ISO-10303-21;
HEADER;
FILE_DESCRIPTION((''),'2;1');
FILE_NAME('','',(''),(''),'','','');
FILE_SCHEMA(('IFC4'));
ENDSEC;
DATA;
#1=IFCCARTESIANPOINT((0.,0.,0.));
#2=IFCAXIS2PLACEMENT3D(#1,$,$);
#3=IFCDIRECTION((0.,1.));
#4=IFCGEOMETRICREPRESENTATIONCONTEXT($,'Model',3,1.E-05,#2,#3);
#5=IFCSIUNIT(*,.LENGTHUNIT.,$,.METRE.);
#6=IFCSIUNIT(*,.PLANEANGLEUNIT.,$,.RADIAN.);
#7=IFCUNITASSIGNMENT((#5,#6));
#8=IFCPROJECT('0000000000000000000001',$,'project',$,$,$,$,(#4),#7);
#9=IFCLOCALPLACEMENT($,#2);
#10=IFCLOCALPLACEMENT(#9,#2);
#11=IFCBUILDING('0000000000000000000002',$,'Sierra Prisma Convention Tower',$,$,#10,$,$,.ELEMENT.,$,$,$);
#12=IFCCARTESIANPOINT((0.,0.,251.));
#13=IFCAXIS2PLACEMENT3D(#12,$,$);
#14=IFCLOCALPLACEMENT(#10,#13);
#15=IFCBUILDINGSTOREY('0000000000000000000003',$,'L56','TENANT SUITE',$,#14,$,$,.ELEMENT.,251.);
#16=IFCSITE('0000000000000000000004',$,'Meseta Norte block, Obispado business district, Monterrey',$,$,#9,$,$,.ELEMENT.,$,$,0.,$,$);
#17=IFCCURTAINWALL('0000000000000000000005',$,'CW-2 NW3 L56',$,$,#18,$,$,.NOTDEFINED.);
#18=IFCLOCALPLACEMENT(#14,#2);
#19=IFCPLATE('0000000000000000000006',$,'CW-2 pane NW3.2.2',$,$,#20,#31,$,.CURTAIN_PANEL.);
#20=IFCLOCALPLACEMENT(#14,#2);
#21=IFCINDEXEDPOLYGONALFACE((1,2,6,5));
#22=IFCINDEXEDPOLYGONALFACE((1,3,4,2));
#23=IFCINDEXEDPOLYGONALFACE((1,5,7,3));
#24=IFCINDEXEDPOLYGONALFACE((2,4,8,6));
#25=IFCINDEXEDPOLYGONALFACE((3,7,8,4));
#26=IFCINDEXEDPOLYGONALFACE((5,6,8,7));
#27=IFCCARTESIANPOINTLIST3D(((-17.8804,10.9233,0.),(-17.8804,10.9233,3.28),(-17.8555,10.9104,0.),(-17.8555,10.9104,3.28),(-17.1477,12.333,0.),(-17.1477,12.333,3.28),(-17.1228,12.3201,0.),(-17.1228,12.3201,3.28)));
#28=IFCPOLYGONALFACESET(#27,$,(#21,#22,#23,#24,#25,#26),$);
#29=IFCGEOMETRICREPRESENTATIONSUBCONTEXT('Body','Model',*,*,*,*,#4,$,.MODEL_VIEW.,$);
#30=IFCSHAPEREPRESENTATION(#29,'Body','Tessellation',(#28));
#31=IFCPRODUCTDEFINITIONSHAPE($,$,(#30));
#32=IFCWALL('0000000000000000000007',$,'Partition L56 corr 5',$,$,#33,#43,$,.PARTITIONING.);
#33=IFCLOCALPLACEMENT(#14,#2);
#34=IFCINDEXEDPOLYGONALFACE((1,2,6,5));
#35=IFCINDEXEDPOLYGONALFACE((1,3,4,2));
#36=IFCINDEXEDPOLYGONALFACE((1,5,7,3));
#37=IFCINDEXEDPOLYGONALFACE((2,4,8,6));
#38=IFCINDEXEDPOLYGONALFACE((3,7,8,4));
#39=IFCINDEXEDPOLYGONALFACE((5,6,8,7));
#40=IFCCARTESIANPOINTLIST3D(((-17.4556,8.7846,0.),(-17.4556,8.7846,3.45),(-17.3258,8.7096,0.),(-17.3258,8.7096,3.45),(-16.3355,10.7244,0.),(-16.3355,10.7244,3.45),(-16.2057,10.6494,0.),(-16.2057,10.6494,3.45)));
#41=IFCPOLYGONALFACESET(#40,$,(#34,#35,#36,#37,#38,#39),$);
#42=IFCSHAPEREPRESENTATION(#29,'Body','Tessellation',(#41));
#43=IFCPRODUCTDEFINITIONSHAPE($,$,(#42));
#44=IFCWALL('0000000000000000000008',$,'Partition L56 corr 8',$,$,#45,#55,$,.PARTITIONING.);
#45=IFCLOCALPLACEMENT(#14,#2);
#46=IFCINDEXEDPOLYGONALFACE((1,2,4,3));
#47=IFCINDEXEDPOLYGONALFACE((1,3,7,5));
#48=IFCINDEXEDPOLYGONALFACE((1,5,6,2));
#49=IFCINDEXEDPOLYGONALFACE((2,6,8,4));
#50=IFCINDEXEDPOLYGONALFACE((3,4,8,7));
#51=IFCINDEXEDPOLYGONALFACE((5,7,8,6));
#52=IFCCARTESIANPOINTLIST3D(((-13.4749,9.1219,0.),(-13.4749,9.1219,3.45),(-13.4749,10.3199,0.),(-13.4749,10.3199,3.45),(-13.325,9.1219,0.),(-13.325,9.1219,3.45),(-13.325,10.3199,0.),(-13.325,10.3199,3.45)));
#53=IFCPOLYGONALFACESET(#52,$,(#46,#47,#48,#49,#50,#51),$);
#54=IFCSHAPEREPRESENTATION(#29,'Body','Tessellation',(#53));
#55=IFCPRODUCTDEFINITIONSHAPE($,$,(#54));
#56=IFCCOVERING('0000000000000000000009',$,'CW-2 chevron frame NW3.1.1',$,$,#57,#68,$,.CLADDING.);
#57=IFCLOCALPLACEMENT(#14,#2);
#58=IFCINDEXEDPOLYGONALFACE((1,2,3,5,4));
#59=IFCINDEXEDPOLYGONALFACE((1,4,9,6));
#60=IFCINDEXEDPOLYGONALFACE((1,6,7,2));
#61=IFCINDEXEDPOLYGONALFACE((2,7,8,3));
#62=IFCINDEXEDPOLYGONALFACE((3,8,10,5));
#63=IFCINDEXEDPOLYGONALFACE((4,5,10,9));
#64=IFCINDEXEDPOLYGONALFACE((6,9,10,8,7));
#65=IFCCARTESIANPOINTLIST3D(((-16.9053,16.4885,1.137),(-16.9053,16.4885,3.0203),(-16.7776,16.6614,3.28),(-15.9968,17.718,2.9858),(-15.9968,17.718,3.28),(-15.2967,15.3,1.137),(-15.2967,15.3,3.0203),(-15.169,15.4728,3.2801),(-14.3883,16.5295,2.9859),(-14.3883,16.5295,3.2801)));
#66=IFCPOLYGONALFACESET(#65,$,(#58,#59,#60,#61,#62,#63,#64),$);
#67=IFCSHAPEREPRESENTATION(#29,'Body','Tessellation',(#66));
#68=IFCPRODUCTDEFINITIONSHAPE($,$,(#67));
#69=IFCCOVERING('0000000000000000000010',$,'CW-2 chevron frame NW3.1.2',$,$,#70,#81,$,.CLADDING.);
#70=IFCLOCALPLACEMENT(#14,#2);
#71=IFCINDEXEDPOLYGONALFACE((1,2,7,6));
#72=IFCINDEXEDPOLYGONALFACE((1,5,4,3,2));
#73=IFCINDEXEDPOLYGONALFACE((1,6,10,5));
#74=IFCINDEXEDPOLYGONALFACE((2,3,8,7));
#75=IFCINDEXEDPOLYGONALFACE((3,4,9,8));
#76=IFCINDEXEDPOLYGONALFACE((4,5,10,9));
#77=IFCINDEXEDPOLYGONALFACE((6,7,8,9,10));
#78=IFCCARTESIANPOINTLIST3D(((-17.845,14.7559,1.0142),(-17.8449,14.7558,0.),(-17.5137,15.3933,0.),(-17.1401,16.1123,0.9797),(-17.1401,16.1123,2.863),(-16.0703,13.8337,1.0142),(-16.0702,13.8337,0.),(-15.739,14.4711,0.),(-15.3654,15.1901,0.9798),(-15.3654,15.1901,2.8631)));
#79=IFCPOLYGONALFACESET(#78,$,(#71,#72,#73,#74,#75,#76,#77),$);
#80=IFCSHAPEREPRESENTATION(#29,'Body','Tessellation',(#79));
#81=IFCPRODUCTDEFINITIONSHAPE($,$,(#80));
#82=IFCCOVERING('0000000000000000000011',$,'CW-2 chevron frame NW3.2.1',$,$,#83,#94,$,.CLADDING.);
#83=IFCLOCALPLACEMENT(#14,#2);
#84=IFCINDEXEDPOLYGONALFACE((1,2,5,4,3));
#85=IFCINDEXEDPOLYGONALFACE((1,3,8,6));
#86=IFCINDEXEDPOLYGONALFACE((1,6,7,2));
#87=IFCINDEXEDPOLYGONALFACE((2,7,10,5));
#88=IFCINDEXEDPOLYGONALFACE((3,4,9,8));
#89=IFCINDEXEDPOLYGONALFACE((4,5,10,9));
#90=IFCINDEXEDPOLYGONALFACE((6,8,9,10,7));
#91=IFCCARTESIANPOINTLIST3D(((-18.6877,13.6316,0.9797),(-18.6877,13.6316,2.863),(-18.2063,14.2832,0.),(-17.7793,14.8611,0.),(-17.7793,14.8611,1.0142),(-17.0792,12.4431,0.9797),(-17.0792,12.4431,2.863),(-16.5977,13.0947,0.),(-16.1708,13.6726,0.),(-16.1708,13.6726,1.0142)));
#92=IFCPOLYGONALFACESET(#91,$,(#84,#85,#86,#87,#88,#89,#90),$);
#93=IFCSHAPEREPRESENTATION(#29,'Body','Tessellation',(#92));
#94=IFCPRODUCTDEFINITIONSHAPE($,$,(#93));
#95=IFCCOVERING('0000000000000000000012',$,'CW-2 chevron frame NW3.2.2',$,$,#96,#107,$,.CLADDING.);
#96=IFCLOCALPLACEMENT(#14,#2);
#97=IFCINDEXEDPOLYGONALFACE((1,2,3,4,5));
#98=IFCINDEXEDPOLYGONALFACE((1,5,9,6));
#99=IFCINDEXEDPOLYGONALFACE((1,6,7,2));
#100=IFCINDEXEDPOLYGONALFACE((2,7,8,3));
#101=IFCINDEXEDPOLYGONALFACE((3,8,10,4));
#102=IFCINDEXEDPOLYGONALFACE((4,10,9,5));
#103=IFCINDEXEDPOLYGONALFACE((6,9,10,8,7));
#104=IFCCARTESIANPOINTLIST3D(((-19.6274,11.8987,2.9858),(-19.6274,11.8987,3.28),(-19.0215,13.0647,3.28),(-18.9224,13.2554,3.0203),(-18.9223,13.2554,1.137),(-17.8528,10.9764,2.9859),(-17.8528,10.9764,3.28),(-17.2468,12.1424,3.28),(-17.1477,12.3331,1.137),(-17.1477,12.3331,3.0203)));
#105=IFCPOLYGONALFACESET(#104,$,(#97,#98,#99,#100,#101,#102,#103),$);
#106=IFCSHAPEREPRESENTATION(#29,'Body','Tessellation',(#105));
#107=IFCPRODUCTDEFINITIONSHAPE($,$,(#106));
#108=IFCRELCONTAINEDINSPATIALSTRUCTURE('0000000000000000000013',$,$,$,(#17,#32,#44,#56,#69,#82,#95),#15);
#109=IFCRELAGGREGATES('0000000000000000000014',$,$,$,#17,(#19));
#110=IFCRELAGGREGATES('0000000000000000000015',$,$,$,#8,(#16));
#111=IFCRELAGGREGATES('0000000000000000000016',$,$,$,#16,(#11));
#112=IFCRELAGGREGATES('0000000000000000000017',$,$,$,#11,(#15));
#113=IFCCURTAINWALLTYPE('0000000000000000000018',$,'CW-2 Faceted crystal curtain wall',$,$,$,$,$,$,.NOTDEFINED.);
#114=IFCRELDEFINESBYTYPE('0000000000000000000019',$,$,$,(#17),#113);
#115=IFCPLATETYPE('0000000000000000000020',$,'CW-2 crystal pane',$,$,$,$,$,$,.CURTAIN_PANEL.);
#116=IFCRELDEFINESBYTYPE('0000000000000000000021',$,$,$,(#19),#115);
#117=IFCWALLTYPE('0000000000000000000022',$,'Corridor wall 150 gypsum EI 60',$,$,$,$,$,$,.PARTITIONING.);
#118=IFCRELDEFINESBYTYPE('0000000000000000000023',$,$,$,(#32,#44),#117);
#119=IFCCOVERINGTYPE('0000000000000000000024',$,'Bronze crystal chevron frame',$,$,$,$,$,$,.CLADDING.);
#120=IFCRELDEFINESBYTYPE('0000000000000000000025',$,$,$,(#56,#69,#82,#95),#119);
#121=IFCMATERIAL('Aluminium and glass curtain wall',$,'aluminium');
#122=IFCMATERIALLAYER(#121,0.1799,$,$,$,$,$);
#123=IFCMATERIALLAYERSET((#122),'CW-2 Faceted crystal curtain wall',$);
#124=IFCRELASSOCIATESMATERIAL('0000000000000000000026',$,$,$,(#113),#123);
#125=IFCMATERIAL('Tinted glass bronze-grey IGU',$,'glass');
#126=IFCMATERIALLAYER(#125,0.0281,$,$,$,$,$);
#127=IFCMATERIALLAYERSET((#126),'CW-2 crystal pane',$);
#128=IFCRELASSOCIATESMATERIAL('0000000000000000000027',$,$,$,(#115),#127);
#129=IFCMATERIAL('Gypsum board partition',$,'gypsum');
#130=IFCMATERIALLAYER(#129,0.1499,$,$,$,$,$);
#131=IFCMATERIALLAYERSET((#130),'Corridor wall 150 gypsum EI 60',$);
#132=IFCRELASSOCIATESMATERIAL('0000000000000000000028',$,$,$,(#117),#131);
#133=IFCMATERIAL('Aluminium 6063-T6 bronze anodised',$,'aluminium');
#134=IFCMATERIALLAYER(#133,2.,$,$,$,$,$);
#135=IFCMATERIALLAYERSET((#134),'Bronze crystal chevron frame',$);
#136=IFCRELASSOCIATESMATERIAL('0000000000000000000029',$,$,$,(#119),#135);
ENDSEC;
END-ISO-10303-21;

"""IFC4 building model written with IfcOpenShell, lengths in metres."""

from ifc_helpers import new_model, si_unit, direction, frame, frame_2d, origin, place, context, subcontext, project, spatial, polyline, rectangle, outline, extrude, material, layer, layer_set, type_object, element, aggregate, save


model = new_model("IFC4")

# Units and contexts
model_context = context("Model", 3, precision=1e-05, world=origin(), true_north=direction((0.0, 1.0)))
body_context = subcontext(model_context, "Body", "Model", "MODEL_VIEW")
ifc_project = project(units=[si_unit("LENGTHUNIT", "METRE"), si_unit("PLANEANGLEUNIT", "RADIAN")], contexts=[model_context])

# Site, building, storey
site_placement = place(None, origin())
site = spatial("IfcSite", under=ifc_project, at=site_placement, Name="Meseta Norte block, Obispado business district, Monterrey", CompositionType="ELEMENT", RefElevation=0.0)
building_placement = place(site_placement, origin())
building = spatial("IfcBuilding", under=site, at=building_placement, Name="Sierra Prisma Convention Tower", CompositionType="ELEMENT")
storey_placement = place(building_placement, frame((0.0, 0.0, 251.0)))
storey = spatial("IfcBuildingStorey", under=building, at=storey_placement, Name="L56", Description="TENANT SUITE", CompositionType="ELEMENT", Elevation=251.0)

# Curtain wall
ifc_material_1 = material(Name="Aluminium and glass curtain wall", Category="aluminium")
ifc_layer_1 = layer(ifc_material_1, 0.1799)
ifc_layer_set_1 = layer_set([ifc_layer_1], Name="CW-2 Faceted crystal curtain wall")
curtain_wall_type_1 = type_object("IfcCurtainWallType", Name="CW-2 Faceted crystal curtain wall", PredefinedType="NOTDEFINED", material=ifc_layer_set_1)
curtain_wall_1_placement = place(storey_placement, origin())
curtain_wall_1 = element("IfcCurtainWall", 1, at=curtain_wall_1_placement, inside=storey, type_object=curtain_wall_type_1, Name="CW-2 NW3 L56", PredefinedType="NOTDEFINED")

# Plate
ifc_material_2 = material(Name="Tinted glass bronze-grey IGU", Category="glass")
ifc_layer_2 = layer(ifc_material_2, 0.0281)
ifc_layer_set_2 = layer_set([ifc_layer_2], Name="CW-2 crystal pane")
plate_type_1 = type_object("IfcPlateType", Name="CW-2 crystal pane", PredefinedType="CURTAIN_PANEL", material=ifc_layer_set_2)
plate_1_placement = place(storey_placement, frame((-17.8804, 10.9233, 0.0), z_axis=(-0.88731, 0.461174, 0.0), x_axis=(0.461174, 0.88731, 0.0)))
plate_1 = element("IfcPlate", 2, at=plate_1_placement, type_object=plate_type_1, Name="CW-2 pane NW3.2.2", PredefinedType="CURTAIN_PANEL", context=body_context, shape_type="SweptSolid", body=[
    extrude(outline(polyline([(0.0, 0.0), (1.5887, 0.0), (1.5887, -3.28), (0.0, -3.28), (0.0, 0.0)])), origin(), (0.0, 0.0, -1.0), 0.0281),
])
aggregate(curtain_wall_1, [plate_1])

# Walls
ifc_material_3 = material(Name="Gypsum board partition", Category="gypsum")
ifc_layer_3 = layer(ifc_material_3, 0.1499)
ifc_layer_set_3 = layer_set([ifc_layer_3], Name="Corridor wall 150 gypsum EI 60")
wall_type = type_object("IfcWallType", Name="Corridor wall 150 gypsum EI 60", PredefinedType="PARTITIONING", material=ifc_layer_set_3)
wall_1_placement = place(storey_placement, frame((-16.2705, 10.687, 0.0), z_axis=(0.0, 0.0, 1.0), x_axis=(-0.500078, -0.86598, 0.0)))
element("IfcWall", 3, at=wall_1_placement, inside=storey, type_object=wall_type, Name="Partition L56 corr 5", PredefinedType="PARTITIONING", context=body_context, shape_type="SweptSolid", body=[
    extrude(rectangle(XDim=2.24, YDim=0.1499, at=frame_2d((1.1201, 0.0))), origin(), (0.0, 0.0, 1.0), 3.45),
])
wall_2_placement = place(storey_placement, frame((-13.3999, 10.3201, 0.0), z_axis=(0.0, 0.0, 1.0), x_axis=(0.0, -1.0, 0.0)))
element("IfcWall", 4, at=wall_2_placement, inside=storey, type_object=wall_type, Name="Partition L56 corr 8", PredefinedType="PARTITIONING", context=body_context, shape_type="SweptSolid", body=[
    extrude(rectangle(XDim=1.198, YDim=0.1499, at=frame_2d((0.5991, 0.0))), origin(), (0.0, 0.0, 1.0), 3.45),
])

# Coverings
ifc_material_4 = material(Name="Aluminium 6063-T6 bronze anodised", Category="aluminium")
ifc_layer_4 = layer(ifc_material_4, 2.0)
ifc_layer_set_4 = layer_set([ifc_layer_4], Name="Bronze crystal chevron frame")
covering_type = type_object("IfcCoveringType", Name="Bronze crystal chevron frame", PredefinedType="CLADDING", material=ifc_layer_set_4)
covering_1_placement = place(storey_placement, frame((-15.9968, 17.718, 3.28), z_axis=(-0.804271, 0.594262, -0.00001), x_axis=(0.000008, -0.000006, -1.0)))
element("IfcCovering", 5, at=covering_1_placement, inside=storey, type_object=covering_type, Name="CW-2 chevron frame NW3.1.1", PredefinedType="CLADDING", context=body_context, shape_type="SweptSolid", body=[
    extrude(outline(polyline([(0.0, 0.0), (0.2942, 0.0), (2.1431, 1.5287), (0.2598, 1.5287), (0.0, 1.3138), (0.0, 0.0)])), origin(), (0.0, 0.0, -1.0), 2.0),
])
covering_2_placement = place(storey_placement, frame((-17.1401, 16.1123, 2.863), z_axis=(-0.88735, 0.461096, -0.000018), x_axis=(0.000016, -0.000008, -1.0)))
element("IfcCovering", 6, at=covering_2_placement, inside=storey, type_object=covering_type, Name="CW-2 chevron frame NW3.1.2", PredefinedType="CLADDING", context=body_context, shape_type="SweptSolid", body=[
    extrude(outline(polyline([(0.0, 0.0), (1.8833, 0.0), (2.863, 0.8102), (2.863, 1.5286), (1.8489, 1.5286), (0.0, 0.0)])), origin(), (0.0, 0.0, -1.0), 2.0),
])
covering_3_placement = place(storey_placement, frame((-17.7793, 14.8611, 0.0), z_axis=(-0.804271, 0.594263, 0.000004), x_axis=(-0.594263, -0.804271, 0.0)))
element("IfcCovering", 7, at=covering_3_placement, inside=storey, type_object=covering_type, Name="CW-2 chevron frame NW3.2.1", PredefinedType="CLADDING", context=body_context, shape_type="SweptSolid", body=[
    extrude(outline(polyline([(0.0, 0.0), (0.7185, 0.0), (1.5287, 0.9797), (1.5287, 2.863), (0.0, 1.0142), (0.0, 0.0)])), origin(), (0.0, 0.0, -1.0), 2.0),
])
covering_4_placement = place(storey_placement, frame((-19.6274, 11.8987, 3.28), z_axis=(-0.887325, 0.461145, -0.00001), x_axis=(0.461145, 0.887325, 0.0)))
element("IfcCovering", 8, at=covering_4_placement, inside=storey, type_object=covering_type, Name="CW-2 chevron frame NW3.2.2", PredefinedType="CLADDING", context=body_context, shape_type="SweptSolid", body=[
    extrude(outline(polyline([(0.0, 0.0), (1.3141, 0.0), (1.529, 0.2598), (1.529, 2.1431), (0.0, 0.2942), (0.0, 0.0)])), origin(), (0.0, 0.0, -1.0), 2.0),
])

save(model, "model.ifc")
